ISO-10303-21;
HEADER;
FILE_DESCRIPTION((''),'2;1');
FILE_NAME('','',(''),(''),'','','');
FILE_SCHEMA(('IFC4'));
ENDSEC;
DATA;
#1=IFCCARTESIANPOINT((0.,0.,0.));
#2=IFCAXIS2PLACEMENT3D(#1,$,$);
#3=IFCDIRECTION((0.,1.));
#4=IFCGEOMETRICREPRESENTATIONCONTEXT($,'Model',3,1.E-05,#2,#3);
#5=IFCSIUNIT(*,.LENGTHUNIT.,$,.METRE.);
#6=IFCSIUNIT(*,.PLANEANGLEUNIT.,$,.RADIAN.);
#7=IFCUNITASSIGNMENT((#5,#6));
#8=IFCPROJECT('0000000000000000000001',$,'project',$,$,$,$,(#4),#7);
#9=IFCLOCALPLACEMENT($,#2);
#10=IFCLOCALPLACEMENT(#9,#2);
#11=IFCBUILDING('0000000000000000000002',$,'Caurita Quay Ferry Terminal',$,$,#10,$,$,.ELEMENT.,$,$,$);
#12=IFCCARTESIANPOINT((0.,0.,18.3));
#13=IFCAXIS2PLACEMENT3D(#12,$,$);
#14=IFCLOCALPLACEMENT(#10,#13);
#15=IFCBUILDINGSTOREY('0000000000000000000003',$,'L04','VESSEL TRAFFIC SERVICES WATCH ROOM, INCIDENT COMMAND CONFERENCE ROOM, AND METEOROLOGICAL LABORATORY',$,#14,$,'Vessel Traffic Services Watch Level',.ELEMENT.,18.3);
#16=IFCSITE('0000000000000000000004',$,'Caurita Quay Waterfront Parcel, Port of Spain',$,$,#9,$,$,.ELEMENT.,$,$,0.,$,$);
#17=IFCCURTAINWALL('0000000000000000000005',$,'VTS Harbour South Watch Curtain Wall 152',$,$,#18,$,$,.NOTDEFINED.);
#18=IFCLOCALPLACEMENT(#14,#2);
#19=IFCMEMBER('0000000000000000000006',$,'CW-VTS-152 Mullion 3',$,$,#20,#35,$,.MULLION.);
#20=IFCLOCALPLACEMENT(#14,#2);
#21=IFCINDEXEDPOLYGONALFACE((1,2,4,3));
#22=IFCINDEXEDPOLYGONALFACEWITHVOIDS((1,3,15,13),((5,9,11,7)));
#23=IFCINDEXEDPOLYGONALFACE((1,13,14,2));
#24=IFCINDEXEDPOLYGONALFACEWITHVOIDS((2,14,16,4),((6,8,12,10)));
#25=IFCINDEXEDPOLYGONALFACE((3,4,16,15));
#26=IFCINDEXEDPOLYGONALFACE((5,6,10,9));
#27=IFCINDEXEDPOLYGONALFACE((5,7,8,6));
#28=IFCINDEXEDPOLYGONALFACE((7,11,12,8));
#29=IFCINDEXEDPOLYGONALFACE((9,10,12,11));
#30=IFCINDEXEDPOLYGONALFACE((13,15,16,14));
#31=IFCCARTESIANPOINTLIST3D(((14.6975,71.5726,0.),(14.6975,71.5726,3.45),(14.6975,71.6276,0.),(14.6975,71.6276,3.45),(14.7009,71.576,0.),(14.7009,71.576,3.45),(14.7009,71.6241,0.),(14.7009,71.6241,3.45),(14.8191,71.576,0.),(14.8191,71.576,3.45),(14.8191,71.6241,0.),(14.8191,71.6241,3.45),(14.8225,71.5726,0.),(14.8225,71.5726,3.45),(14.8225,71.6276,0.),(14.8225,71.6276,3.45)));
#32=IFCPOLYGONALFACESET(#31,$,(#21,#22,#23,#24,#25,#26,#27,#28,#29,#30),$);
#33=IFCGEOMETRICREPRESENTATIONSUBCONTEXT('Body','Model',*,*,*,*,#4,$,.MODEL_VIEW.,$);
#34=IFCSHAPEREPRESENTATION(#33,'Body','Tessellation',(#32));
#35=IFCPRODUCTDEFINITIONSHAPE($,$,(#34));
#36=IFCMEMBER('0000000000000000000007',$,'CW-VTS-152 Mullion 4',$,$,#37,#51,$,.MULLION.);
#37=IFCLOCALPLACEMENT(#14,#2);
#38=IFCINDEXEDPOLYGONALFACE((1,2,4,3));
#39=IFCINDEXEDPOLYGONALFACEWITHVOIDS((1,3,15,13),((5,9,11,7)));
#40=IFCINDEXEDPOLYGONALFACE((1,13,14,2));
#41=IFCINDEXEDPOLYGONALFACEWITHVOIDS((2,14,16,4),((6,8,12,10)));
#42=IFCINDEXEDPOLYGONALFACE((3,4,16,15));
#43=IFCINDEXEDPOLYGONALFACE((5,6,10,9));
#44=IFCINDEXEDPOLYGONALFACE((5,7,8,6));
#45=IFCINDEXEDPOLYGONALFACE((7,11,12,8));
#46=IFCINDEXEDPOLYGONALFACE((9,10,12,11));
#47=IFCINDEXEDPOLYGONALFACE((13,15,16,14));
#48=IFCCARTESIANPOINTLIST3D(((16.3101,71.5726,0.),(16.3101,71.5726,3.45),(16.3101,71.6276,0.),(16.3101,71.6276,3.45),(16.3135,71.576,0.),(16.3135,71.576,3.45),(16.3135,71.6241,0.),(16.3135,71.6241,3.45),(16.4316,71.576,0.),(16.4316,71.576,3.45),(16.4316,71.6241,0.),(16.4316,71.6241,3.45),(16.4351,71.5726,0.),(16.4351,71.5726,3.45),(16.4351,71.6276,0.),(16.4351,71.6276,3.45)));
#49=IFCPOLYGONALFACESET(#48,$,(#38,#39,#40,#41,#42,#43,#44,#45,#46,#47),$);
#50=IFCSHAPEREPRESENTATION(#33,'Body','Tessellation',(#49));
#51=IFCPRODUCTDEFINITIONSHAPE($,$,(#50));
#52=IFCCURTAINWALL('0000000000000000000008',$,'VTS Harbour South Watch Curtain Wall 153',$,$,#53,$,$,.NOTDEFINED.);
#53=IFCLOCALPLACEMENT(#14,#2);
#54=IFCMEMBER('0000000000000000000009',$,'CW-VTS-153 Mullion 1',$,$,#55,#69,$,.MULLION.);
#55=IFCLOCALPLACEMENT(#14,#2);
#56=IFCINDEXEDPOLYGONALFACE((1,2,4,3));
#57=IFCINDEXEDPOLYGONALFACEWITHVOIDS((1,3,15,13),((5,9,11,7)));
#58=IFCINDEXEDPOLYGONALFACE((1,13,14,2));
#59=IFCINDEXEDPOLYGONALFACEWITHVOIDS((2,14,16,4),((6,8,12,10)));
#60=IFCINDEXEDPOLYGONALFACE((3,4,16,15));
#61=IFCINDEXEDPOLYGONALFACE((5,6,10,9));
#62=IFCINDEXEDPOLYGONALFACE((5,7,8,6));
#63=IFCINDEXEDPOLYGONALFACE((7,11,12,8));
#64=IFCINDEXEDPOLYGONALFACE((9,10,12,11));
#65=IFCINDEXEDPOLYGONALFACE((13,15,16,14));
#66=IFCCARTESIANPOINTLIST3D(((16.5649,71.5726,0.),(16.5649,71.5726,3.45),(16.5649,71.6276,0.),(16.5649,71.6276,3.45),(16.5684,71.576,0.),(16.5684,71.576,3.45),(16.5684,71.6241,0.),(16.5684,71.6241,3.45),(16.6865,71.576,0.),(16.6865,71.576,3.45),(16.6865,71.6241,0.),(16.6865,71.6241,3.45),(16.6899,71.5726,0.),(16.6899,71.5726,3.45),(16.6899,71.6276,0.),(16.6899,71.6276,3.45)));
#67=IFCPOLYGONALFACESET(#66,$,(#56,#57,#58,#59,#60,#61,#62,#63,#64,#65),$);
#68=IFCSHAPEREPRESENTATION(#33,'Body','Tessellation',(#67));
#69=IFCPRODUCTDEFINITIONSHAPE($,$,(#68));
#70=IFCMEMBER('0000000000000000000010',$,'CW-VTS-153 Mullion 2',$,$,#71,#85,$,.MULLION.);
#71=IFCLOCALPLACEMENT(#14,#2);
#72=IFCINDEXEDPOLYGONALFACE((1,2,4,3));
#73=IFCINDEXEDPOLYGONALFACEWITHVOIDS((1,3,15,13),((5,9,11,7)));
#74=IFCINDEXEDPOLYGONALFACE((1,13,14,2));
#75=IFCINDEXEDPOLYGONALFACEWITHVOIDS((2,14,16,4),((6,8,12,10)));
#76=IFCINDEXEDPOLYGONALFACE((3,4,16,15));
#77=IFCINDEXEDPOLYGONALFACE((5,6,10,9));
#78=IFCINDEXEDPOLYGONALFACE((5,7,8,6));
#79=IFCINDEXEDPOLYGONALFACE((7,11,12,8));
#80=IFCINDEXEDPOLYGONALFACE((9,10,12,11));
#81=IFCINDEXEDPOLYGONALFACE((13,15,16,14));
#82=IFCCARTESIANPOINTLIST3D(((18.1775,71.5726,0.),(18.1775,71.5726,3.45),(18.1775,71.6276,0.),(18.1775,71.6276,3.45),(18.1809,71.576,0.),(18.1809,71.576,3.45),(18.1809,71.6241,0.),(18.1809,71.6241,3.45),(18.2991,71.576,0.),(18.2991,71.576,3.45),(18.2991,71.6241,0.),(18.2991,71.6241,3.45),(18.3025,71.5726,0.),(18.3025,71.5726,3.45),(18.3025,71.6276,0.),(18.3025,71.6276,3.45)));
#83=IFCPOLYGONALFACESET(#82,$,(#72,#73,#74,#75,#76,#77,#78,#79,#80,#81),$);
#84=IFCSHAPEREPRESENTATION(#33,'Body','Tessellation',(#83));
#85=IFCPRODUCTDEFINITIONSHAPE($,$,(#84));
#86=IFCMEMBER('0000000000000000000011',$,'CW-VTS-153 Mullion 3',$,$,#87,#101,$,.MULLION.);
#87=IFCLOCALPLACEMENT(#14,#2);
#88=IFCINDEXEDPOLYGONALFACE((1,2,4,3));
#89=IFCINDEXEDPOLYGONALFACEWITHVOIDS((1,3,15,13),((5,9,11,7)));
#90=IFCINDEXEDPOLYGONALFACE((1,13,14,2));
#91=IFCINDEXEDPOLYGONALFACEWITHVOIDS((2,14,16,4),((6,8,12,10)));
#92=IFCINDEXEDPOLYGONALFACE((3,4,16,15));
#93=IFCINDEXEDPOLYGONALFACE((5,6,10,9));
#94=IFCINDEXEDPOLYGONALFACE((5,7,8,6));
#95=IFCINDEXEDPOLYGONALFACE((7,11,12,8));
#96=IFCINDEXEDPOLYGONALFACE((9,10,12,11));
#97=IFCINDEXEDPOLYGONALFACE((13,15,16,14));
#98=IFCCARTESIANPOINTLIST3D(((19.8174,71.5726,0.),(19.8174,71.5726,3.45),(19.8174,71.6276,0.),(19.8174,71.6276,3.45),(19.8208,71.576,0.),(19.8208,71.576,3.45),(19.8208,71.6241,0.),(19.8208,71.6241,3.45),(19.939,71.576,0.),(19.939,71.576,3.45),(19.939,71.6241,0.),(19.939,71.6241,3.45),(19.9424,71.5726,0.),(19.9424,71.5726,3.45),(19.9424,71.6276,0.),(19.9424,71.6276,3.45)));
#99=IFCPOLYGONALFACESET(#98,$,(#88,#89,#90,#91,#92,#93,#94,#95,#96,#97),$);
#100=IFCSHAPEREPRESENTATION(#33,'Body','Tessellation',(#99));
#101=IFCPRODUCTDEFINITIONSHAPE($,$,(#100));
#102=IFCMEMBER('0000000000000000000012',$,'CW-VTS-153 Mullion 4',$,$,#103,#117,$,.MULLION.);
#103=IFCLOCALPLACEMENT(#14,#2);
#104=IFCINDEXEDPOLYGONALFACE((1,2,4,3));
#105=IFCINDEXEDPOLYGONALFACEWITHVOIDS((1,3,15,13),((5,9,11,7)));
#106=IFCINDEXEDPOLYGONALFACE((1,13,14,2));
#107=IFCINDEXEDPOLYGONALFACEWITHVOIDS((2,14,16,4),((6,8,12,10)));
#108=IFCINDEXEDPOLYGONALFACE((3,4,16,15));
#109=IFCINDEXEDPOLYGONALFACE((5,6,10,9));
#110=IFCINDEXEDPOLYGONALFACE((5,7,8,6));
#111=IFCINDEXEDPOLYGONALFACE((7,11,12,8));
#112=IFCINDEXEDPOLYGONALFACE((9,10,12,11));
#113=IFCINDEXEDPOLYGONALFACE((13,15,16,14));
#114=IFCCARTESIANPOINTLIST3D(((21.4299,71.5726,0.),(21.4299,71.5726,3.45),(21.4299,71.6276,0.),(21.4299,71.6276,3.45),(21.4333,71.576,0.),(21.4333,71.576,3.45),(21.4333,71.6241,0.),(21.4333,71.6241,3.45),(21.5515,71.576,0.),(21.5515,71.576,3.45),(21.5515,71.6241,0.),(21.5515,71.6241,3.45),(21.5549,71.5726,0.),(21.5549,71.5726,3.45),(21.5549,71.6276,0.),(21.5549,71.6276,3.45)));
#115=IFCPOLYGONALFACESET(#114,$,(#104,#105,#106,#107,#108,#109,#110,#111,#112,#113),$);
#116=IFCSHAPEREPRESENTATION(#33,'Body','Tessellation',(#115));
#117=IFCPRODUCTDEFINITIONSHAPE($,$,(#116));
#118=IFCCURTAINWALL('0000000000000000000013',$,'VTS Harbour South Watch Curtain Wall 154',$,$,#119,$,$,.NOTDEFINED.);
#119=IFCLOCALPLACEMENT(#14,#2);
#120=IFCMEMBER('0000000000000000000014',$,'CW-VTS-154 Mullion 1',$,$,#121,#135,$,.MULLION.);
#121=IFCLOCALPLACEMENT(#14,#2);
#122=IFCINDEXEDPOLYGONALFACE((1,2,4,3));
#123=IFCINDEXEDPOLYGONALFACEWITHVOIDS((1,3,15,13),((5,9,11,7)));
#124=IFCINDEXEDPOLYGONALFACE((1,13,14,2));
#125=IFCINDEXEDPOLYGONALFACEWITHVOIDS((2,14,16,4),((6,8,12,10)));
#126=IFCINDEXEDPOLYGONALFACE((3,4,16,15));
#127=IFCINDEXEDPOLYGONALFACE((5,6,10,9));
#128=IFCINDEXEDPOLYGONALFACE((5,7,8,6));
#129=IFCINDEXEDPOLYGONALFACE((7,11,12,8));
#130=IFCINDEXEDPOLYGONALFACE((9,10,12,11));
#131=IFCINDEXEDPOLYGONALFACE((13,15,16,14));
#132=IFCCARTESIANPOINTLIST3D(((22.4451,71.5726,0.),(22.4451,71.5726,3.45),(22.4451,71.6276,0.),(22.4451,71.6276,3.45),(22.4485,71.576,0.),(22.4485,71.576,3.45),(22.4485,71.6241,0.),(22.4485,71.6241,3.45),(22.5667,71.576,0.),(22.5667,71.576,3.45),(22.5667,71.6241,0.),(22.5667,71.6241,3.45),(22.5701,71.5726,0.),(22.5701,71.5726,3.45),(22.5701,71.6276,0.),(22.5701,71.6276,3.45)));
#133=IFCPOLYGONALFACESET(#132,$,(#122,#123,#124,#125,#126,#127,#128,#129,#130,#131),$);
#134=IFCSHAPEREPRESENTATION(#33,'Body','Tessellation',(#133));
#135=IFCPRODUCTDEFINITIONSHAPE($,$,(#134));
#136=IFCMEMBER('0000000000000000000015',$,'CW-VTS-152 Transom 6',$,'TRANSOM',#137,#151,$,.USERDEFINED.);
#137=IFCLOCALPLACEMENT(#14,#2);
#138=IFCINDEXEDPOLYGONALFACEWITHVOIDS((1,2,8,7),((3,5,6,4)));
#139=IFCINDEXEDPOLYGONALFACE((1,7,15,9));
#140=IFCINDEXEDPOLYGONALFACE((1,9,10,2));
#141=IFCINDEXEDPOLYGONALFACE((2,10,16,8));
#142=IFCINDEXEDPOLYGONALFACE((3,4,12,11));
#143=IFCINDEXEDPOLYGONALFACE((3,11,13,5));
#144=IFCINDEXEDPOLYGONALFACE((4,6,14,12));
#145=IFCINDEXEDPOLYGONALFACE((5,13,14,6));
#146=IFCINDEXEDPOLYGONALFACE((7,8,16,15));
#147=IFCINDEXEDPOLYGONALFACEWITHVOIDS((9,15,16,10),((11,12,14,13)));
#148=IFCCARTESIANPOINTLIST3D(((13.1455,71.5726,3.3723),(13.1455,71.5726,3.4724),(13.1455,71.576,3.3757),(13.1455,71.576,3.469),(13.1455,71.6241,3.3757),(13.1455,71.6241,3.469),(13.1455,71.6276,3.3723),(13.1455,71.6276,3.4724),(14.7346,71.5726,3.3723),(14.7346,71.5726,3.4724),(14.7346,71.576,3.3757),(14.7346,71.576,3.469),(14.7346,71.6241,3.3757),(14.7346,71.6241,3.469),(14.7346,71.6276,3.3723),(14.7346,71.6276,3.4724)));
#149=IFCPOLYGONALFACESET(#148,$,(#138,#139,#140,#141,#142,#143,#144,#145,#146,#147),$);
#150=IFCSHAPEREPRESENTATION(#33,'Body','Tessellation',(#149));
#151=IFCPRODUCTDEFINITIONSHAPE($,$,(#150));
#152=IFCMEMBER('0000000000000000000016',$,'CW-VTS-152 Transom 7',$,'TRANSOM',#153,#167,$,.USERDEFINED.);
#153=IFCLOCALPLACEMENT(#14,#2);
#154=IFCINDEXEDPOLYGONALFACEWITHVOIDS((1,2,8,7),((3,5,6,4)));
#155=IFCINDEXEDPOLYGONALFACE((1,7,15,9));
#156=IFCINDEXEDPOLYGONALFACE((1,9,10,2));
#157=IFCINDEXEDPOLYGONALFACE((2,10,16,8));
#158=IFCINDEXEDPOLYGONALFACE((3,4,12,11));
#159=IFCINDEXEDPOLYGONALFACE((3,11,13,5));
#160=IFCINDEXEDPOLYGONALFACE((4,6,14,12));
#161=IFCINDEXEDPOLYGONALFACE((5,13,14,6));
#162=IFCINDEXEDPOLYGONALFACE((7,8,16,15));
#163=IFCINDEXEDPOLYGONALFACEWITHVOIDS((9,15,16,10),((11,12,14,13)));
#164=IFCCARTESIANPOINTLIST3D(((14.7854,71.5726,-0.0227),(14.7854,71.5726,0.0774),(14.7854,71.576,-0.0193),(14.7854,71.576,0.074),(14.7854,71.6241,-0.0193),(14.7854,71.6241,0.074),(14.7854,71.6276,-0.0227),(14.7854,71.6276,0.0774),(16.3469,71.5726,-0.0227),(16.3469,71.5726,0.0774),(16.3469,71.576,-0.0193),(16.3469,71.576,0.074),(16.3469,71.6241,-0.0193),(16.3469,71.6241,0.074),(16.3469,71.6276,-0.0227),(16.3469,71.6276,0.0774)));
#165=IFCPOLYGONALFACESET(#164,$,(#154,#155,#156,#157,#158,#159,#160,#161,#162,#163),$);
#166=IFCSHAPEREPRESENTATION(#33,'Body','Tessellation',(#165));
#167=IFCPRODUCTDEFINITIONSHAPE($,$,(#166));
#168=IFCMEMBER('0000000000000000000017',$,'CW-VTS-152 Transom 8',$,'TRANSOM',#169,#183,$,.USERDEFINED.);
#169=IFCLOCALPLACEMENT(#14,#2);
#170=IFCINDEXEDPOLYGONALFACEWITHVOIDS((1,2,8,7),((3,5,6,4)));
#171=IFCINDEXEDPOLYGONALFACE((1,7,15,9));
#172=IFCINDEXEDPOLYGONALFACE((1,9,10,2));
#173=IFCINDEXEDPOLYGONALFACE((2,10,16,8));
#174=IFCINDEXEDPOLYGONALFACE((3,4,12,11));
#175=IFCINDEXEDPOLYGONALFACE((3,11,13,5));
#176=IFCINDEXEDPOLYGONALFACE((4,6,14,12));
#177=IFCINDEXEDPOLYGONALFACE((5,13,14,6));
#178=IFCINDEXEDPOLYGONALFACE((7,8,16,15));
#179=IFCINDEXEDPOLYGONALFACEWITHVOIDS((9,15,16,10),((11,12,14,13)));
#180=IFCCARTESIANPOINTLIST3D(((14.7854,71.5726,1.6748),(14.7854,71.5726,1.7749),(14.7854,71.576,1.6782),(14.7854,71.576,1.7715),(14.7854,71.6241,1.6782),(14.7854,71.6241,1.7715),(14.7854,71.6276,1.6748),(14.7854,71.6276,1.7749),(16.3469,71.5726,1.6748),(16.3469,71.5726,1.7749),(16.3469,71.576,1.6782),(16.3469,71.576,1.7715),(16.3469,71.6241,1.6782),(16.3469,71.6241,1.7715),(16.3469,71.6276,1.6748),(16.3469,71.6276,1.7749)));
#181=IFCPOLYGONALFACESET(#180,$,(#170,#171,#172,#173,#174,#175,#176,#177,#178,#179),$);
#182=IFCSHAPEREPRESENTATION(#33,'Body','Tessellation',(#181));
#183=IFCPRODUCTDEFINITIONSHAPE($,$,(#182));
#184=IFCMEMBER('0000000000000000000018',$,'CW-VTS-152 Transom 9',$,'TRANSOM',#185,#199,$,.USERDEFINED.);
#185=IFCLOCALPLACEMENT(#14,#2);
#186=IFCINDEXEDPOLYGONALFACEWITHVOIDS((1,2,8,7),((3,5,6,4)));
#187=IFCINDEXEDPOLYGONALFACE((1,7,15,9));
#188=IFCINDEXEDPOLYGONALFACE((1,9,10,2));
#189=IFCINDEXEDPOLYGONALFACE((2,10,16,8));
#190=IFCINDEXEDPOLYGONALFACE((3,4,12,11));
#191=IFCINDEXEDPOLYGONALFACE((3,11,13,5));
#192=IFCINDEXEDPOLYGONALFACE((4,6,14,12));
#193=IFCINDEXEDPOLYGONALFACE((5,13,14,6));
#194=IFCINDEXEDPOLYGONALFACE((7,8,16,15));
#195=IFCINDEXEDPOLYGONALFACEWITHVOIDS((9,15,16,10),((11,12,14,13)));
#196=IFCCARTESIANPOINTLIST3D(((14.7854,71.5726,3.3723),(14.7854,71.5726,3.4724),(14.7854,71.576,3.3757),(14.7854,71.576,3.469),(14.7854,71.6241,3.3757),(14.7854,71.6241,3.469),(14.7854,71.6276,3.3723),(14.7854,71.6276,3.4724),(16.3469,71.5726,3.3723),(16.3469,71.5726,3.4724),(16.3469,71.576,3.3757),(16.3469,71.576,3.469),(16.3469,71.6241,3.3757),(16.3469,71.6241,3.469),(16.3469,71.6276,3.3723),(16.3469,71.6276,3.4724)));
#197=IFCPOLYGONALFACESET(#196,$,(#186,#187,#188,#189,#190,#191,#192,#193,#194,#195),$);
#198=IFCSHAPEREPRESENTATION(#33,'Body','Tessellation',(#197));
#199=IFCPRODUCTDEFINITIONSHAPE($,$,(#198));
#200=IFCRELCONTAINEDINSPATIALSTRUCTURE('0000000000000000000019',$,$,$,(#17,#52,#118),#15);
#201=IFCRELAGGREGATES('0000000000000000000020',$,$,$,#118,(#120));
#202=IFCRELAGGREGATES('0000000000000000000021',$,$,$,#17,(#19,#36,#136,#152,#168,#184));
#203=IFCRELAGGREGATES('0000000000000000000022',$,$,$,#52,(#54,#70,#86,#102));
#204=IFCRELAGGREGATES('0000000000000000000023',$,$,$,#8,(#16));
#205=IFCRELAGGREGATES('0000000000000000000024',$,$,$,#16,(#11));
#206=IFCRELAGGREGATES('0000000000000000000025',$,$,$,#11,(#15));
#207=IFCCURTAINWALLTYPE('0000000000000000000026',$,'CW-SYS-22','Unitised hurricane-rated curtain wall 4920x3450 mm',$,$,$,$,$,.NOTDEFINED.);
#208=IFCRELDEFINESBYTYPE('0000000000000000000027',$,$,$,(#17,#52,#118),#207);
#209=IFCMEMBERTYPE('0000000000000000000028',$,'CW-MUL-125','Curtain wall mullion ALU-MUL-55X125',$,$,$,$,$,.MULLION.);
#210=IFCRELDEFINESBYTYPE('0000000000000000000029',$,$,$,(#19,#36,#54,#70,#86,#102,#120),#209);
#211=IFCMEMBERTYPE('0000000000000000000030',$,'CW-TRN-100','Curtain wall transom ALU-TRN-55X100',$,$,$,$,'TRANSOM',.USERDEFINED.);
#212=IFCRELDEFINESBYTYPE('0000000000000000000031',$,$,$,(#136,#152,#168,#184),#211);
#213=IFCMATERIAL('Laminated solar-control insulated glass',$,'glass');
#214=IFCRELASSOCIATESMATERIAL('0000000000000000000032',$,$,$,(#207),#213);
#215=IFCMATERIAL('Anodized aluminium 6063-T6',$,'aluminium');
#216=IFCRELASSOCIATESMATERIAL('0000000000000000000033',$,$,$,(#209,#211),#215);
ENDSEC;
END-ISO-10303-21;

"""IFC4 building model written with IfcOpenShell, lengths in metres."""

from ifc_helpers import new_model, si_unit, direction, frame, origin, origin_2d, place, context, subcontext, project, spatial, hollow_rectangle, extrude, material, material_profile, profile_set, type_object, element, aggregate, save


model = new_model("IFC4")

# Units and contexts
model_context = context("Model", 3, precision=1e-05, world=origin(), true_north=direction((0.0, 1.0)))
body_context = subcontext(model_context, "Body", "Model", "MODEL_VIEW")
ifc_project = project(units=[si_unit("LENGTHUNIT", "METRE"), si_unit("PLANEANGLEUNIT", "RADIAN")], contexts=[model_context])

# Site, building, storey
site_placement = place(None, origin())
site = spatial("IfcSite", under=ifc_project, at=site_placement, Name="Caurita Quay Waterfront Parcel, Port of Spain", CompositionType="ELEMENT", RefElevation=0.0)
building_placement = place(site_placement, origin())
building = spatial("IfcBuilding", under=site, at=building_placement, Name="Caurita Quay Ferry Terminal", CompositionType="ELEMENT")
storey_placement = place(building_placement, frame((0.0, 0.0, 18.3)))
storey = spatial("IfcBuildingStorey", under=building, at=storey_placement, Name="L04", Description="VESSEL TRAFFIC SERVICES WATCH ROOM, INCIDENT COMMAND CONFERENCE ROOM, AND METEOROLOGICAL LABORATORY", LongName="Vessel Traffic Services Watch Level", CompositionType="ELEMENT", Elevation=18.3)

# Curtain walls, members
ifc_material_1 = material(Name="Laminated solar-control insulated glass", Category="glass")
curtain_wall_type = type_object("IfcCurtainWallType", Name="CW-SYS-22", Description="Unitised hurricane-rated curtain wall 4920x3450 mm", PredefinedType="NOTDEFINED", material=ifc_material_1)
curtain_wall_1_placement = place(storey_placement, origin())
curtain_wall_1 = element("IfcCurtainWall", 1, at=curtain_wall_1_placement, inside=storey, type_object=curtain_wall_type, Name="VTS Harbour South Watch Curtain Wall 152", PredefinedType="NOTDEFINED")
ifc_material_2 = material(Name="Anodized aluminium 6063-T6", Category="aluminium")
ifc_material_profile_1 = material_profile(ifc_material_2, hollow_rectangle(XDim=0.0549, YDim=0.125, WallThickness=0.0034, at=origin_2d()), Name="ALU-MUL-55X125")
ifc_profile_set_1 = profile_set([ifc_material_profile_1], Name="Anodized aluminium 6063-T6")
member_type_1 = type_object("IfcMemberType", Name="CW-MUL-125", Description="Curtain wall mullion ALU-MUL-55X125", PredefinedType="MULLION", material=ifc_profile_set_1)
member_1_placement = place(storey_placement, frame((14.76, 71.6001, 0.0), z_axis=(0.0, 0.0, 1.0), x_axis=(0.0, 1.0, 0.0)))
member_1 = element("IfcMember", 2, at=member_1_placement, type_object=member_type_1, Name="CW-VTS-152 Mullion 3", PredefinedType="MULLION", context=body_context, shape_type="SweptSolid", body=[
    extrude(hollow_rectangle(XDim=0.0549, YDim=0.125, WallThickness=0.0034, at=origin_2d()), origin(), (0.0, 0.0, 1.0), 3.45),
])
member_2_placement = place(storey_placement, frame((16.3726, 71.6001, 0.0), z_axis=(0.0, 0.0, 1.0), x_axis=(0.0, 1.0, 0.0)))
member_2 = element("IfcMember", 3, at=member_2_placement, type_object=member_type_1, Name="CW-VTS-152 Mullion 4", PredefinedType="MULLION", context=body_context, shape_type="SweptSolid", body=[
    extrude(hollow_rectangle(XDim=0.0549, YDim=0.125, WallThickness=0.0034, at=origin_2d()), origin(), (0.0, 0.0, 1.0), 3.45),
])
curtain_wall_2_placement = place(storey_placement, origin())
curtain_wall_2 = element("IfcCurtainWall", 4, at=curtain_wall_2_placement, inside=storey, type_object=curtain_wall_type, Name="VTS Harbour South Watch Curtain Wall 153", PredefinedType="NOTDEFINED")
member_3_placement = place(storey_placement, frame((16.6274, 71.6001, 0.0), z_axis=(0.0, 0.0, 1.0), x_axis=(0.0, 1.0, 0.0)))
member_3 = element("IfcMember", 5, at=member_3_placement, type_object=member_type_1, Name="CW-VTS-153 Mullion 1", PredefinedType="MULLION", context=body_context, shape_type="SweptSolid", body=[
    extrude(hollow_rectangle(XDim=0.0549, YDim=0.125, WallThickness=0.0034, at=origin_2d()), origin(), (0.0, 0.0, 1.0), 3.45),
])
member_4_placement = place(storey_placement, frame((18.24, 71.6001, 0.0), z_axis=(0.0, 0.0, 1.0), x_axis=(0.0, 1.0, 0.0)))
member_4 = element("IfcMember", 6, at=member_4_placement, type_object=member_type_1, Name="CW-VTS-153 Mullion 2", PredefinedType="MULLION", context=body_context, shape_type="SweptSolid", body=[
    extrude(hollow_rectangle(XDim=0.0549, YDim=0.125, WallThickness=0.0034, at=origin_2d()), origin(), (0.0, 0.0, 1.0), 3.45),
])
member_5_placement = place(storey_placement, frame((19.8799, 71.6001, 0.0), z_axis=(0.0, 0.0, 1.0), x_axis=(0.0, 1.0, 0.0)))
member_5 = element("IfcMember", 7, at=member_5_placement, type_object=member_type_1, Name="CW-VTS-153 Mullion 3", PredefinedType="MULLION", context=body_context, shape_type="SweptSolid", body=[
    extrude(hollow_rectangle(XDim=0.0549, YDim=0.125, WallThickness=0.0034, at=origin_2d()), origin(), (0.0, 0.0, 1.0), 3.45),
])
member_6_placement = place(storey_placement, frame((21.4924, 71.6001, 0.0), z_axis=(0.0, 0.0, 1.0), x_axis=(0.0, 1.0, 0.0)))
member_6 = element("IfcMember", 8, at=member_6_placement, type_object=member_type_1, Name="CW-VTS-153 Mullion 4", PredefinedType="MULLION", context=body_context, shape_type="SweptSolid", body=[
    extrude(hollow_rectangle(XDim=0.0549, YDim=0.125, WallThickness=0.0034, at=origin_2d()), origin(), (0.0, 0.0, 1.0), 3.45),
])

# Curtain wall, member
curtain_wall_3_placement = place(storey_placement, origin())
curtain_wall_3 = element("IfcCurtainWall", 9, at=curtain_wall_3_placement, inside=storey, type_object=curtain_wall_type, Name="VTS Harbour South Watch Curtain Wall 154", PredefinedType="NOTDEFINED")
member_7_placement = place(storey_placement, frame((22.5076, 71.6001, 0.0), z_axis=(0.0, 0.0, 1.0), x_axis=(0.0, 1.0, 0.0)))
member_7 = element("IfcMember", 10, at=member_7_placement, type_object=member_type_1, Name="CW-VTS-154 Mullion 1", PredefinedType="MULLION", context=body_context, shape_type="SweptSolid", body=[
    extrude(hollow_rectangle(XDim=0.0549, YDim=0.125, WallThickness=0.0034, at=origin_2d()), origin(), (0.0, 0.0, 1.0), 3.45),
])
aggregate(curtain_wall_3, [member_7])

# Members
ifc_material_profile_2 = material_profile(ifc_material_2, hollow_rectangle(XDim=0.0549, YDim=0.1001, WallThickness=0.0034, at=origin_2d()), Name="ALU-TRN-55X100")
ifc_profile_set_2 = profile_set([ifc_material_profile_2], Name="Anodized aluminium 6063-T6")
member_type_2 = type_object("IfcMemberType", Name="CW-TRN-100", Description="Curtain wall transom ALU-TRN-55X100", ElementType="TRANSOM", PredefinedType="USERDEFINED", material=ifc_profile_set_2)
member_8_placement = place(storey_placement, frame((13.1455, 71.6001, 3.4224), z_axis=(1.0, 0.0, 0.0), x_axis=(0.0, 1.0, 0.0)))
member_8 = element("IfcMember", 11, at=member_8_placement, type_object=member_type_2, Name="CW-VTS-152 Transom 6", ObjectType="TRANSOM", PredefinedType="USERDEFINED", context=body_context, shape_type="SweptSolid", body=[
    extrude(hollow_rectangle(XDim=0.0549, YDim=0.1001, WallThickness=0.0034, at=origin_2d()), origin(), (0.0, 0.0, 1.0), 1.5891),
])
member_9_placement = place(storey_placement, frame((14.7854, 71.6001, 0.0273), z_axis=(1.0, 0.0, 0.0), x_axis=(0.0, 1.0, 0.0)))
member_9 = element("IfcMember", 12, at=member_9_placement, type_object=member_type_2, Name="CW-VTS-152 Transom 7", ObjectType="TRANSOM", PredefinedType="USERDEFINED", context=body_context, shape_type="SweptSolid", body=[
    extrude(hollow_rectangle(XDim=0.0549, YDim=0.1001, WallThickness=0.0034, at=origin_2d()), origin(), (0.0, 0.0, 1.0), 1.5615),
])
member_10_placement = place(storey_placement, frame((14.7854, 71.6001, 1.7249), z_axis=(1.0, 0.0, 0.0), x_axis=(0.0, 1.0, 0.0)))
member_10 = element("IfcMember", 13, at=member_10_placement, type_object=member_type_2, Name="CW-VTS-152 Transom 8", ObjectType="TRANSOM", PredefinedType="USERDEFINED", context=body_context, shape_type="SweptSolid", body=[
    extrude(hollow_rectangle(XDim=0.0549, YDim=0.1001, WallThickness=0.0034, at=origin_2d()), origin(), (0.0, 0.0, 1.0), 1.5615),
])
member_11_placement = place(storey_placement, frame((14.7854, 71.6001, 3.4224), z_axis=(1.0, 0.0, 0.0), x_axis=(0.0, 1.0, 0.0)))
member_11 = element("IfcMember", 14, at=member_11_placement, type_object=member_type_2, Name="CW-VTS-152 Transom 9", ObjectType="TRANSOM", PredefinedType="USERDEFINED", context=body_context, shape_type="SweptSolid", body=[
    extrude(hollow_rectangle(XDim=0.0549, YDim=0.1001, WallThickness=0.0034, at=origin_2d()), origin(), (0.0, 0.0, 1.0), 1.5615),
])

aggregate(curtain_wall_1, [member_1, member_2, member_8, member_9, member_10, member_11])
aggregate(curtain_wall_2, [member_3, member_4, member_5, member_6])

save(model, "model.ifc")
